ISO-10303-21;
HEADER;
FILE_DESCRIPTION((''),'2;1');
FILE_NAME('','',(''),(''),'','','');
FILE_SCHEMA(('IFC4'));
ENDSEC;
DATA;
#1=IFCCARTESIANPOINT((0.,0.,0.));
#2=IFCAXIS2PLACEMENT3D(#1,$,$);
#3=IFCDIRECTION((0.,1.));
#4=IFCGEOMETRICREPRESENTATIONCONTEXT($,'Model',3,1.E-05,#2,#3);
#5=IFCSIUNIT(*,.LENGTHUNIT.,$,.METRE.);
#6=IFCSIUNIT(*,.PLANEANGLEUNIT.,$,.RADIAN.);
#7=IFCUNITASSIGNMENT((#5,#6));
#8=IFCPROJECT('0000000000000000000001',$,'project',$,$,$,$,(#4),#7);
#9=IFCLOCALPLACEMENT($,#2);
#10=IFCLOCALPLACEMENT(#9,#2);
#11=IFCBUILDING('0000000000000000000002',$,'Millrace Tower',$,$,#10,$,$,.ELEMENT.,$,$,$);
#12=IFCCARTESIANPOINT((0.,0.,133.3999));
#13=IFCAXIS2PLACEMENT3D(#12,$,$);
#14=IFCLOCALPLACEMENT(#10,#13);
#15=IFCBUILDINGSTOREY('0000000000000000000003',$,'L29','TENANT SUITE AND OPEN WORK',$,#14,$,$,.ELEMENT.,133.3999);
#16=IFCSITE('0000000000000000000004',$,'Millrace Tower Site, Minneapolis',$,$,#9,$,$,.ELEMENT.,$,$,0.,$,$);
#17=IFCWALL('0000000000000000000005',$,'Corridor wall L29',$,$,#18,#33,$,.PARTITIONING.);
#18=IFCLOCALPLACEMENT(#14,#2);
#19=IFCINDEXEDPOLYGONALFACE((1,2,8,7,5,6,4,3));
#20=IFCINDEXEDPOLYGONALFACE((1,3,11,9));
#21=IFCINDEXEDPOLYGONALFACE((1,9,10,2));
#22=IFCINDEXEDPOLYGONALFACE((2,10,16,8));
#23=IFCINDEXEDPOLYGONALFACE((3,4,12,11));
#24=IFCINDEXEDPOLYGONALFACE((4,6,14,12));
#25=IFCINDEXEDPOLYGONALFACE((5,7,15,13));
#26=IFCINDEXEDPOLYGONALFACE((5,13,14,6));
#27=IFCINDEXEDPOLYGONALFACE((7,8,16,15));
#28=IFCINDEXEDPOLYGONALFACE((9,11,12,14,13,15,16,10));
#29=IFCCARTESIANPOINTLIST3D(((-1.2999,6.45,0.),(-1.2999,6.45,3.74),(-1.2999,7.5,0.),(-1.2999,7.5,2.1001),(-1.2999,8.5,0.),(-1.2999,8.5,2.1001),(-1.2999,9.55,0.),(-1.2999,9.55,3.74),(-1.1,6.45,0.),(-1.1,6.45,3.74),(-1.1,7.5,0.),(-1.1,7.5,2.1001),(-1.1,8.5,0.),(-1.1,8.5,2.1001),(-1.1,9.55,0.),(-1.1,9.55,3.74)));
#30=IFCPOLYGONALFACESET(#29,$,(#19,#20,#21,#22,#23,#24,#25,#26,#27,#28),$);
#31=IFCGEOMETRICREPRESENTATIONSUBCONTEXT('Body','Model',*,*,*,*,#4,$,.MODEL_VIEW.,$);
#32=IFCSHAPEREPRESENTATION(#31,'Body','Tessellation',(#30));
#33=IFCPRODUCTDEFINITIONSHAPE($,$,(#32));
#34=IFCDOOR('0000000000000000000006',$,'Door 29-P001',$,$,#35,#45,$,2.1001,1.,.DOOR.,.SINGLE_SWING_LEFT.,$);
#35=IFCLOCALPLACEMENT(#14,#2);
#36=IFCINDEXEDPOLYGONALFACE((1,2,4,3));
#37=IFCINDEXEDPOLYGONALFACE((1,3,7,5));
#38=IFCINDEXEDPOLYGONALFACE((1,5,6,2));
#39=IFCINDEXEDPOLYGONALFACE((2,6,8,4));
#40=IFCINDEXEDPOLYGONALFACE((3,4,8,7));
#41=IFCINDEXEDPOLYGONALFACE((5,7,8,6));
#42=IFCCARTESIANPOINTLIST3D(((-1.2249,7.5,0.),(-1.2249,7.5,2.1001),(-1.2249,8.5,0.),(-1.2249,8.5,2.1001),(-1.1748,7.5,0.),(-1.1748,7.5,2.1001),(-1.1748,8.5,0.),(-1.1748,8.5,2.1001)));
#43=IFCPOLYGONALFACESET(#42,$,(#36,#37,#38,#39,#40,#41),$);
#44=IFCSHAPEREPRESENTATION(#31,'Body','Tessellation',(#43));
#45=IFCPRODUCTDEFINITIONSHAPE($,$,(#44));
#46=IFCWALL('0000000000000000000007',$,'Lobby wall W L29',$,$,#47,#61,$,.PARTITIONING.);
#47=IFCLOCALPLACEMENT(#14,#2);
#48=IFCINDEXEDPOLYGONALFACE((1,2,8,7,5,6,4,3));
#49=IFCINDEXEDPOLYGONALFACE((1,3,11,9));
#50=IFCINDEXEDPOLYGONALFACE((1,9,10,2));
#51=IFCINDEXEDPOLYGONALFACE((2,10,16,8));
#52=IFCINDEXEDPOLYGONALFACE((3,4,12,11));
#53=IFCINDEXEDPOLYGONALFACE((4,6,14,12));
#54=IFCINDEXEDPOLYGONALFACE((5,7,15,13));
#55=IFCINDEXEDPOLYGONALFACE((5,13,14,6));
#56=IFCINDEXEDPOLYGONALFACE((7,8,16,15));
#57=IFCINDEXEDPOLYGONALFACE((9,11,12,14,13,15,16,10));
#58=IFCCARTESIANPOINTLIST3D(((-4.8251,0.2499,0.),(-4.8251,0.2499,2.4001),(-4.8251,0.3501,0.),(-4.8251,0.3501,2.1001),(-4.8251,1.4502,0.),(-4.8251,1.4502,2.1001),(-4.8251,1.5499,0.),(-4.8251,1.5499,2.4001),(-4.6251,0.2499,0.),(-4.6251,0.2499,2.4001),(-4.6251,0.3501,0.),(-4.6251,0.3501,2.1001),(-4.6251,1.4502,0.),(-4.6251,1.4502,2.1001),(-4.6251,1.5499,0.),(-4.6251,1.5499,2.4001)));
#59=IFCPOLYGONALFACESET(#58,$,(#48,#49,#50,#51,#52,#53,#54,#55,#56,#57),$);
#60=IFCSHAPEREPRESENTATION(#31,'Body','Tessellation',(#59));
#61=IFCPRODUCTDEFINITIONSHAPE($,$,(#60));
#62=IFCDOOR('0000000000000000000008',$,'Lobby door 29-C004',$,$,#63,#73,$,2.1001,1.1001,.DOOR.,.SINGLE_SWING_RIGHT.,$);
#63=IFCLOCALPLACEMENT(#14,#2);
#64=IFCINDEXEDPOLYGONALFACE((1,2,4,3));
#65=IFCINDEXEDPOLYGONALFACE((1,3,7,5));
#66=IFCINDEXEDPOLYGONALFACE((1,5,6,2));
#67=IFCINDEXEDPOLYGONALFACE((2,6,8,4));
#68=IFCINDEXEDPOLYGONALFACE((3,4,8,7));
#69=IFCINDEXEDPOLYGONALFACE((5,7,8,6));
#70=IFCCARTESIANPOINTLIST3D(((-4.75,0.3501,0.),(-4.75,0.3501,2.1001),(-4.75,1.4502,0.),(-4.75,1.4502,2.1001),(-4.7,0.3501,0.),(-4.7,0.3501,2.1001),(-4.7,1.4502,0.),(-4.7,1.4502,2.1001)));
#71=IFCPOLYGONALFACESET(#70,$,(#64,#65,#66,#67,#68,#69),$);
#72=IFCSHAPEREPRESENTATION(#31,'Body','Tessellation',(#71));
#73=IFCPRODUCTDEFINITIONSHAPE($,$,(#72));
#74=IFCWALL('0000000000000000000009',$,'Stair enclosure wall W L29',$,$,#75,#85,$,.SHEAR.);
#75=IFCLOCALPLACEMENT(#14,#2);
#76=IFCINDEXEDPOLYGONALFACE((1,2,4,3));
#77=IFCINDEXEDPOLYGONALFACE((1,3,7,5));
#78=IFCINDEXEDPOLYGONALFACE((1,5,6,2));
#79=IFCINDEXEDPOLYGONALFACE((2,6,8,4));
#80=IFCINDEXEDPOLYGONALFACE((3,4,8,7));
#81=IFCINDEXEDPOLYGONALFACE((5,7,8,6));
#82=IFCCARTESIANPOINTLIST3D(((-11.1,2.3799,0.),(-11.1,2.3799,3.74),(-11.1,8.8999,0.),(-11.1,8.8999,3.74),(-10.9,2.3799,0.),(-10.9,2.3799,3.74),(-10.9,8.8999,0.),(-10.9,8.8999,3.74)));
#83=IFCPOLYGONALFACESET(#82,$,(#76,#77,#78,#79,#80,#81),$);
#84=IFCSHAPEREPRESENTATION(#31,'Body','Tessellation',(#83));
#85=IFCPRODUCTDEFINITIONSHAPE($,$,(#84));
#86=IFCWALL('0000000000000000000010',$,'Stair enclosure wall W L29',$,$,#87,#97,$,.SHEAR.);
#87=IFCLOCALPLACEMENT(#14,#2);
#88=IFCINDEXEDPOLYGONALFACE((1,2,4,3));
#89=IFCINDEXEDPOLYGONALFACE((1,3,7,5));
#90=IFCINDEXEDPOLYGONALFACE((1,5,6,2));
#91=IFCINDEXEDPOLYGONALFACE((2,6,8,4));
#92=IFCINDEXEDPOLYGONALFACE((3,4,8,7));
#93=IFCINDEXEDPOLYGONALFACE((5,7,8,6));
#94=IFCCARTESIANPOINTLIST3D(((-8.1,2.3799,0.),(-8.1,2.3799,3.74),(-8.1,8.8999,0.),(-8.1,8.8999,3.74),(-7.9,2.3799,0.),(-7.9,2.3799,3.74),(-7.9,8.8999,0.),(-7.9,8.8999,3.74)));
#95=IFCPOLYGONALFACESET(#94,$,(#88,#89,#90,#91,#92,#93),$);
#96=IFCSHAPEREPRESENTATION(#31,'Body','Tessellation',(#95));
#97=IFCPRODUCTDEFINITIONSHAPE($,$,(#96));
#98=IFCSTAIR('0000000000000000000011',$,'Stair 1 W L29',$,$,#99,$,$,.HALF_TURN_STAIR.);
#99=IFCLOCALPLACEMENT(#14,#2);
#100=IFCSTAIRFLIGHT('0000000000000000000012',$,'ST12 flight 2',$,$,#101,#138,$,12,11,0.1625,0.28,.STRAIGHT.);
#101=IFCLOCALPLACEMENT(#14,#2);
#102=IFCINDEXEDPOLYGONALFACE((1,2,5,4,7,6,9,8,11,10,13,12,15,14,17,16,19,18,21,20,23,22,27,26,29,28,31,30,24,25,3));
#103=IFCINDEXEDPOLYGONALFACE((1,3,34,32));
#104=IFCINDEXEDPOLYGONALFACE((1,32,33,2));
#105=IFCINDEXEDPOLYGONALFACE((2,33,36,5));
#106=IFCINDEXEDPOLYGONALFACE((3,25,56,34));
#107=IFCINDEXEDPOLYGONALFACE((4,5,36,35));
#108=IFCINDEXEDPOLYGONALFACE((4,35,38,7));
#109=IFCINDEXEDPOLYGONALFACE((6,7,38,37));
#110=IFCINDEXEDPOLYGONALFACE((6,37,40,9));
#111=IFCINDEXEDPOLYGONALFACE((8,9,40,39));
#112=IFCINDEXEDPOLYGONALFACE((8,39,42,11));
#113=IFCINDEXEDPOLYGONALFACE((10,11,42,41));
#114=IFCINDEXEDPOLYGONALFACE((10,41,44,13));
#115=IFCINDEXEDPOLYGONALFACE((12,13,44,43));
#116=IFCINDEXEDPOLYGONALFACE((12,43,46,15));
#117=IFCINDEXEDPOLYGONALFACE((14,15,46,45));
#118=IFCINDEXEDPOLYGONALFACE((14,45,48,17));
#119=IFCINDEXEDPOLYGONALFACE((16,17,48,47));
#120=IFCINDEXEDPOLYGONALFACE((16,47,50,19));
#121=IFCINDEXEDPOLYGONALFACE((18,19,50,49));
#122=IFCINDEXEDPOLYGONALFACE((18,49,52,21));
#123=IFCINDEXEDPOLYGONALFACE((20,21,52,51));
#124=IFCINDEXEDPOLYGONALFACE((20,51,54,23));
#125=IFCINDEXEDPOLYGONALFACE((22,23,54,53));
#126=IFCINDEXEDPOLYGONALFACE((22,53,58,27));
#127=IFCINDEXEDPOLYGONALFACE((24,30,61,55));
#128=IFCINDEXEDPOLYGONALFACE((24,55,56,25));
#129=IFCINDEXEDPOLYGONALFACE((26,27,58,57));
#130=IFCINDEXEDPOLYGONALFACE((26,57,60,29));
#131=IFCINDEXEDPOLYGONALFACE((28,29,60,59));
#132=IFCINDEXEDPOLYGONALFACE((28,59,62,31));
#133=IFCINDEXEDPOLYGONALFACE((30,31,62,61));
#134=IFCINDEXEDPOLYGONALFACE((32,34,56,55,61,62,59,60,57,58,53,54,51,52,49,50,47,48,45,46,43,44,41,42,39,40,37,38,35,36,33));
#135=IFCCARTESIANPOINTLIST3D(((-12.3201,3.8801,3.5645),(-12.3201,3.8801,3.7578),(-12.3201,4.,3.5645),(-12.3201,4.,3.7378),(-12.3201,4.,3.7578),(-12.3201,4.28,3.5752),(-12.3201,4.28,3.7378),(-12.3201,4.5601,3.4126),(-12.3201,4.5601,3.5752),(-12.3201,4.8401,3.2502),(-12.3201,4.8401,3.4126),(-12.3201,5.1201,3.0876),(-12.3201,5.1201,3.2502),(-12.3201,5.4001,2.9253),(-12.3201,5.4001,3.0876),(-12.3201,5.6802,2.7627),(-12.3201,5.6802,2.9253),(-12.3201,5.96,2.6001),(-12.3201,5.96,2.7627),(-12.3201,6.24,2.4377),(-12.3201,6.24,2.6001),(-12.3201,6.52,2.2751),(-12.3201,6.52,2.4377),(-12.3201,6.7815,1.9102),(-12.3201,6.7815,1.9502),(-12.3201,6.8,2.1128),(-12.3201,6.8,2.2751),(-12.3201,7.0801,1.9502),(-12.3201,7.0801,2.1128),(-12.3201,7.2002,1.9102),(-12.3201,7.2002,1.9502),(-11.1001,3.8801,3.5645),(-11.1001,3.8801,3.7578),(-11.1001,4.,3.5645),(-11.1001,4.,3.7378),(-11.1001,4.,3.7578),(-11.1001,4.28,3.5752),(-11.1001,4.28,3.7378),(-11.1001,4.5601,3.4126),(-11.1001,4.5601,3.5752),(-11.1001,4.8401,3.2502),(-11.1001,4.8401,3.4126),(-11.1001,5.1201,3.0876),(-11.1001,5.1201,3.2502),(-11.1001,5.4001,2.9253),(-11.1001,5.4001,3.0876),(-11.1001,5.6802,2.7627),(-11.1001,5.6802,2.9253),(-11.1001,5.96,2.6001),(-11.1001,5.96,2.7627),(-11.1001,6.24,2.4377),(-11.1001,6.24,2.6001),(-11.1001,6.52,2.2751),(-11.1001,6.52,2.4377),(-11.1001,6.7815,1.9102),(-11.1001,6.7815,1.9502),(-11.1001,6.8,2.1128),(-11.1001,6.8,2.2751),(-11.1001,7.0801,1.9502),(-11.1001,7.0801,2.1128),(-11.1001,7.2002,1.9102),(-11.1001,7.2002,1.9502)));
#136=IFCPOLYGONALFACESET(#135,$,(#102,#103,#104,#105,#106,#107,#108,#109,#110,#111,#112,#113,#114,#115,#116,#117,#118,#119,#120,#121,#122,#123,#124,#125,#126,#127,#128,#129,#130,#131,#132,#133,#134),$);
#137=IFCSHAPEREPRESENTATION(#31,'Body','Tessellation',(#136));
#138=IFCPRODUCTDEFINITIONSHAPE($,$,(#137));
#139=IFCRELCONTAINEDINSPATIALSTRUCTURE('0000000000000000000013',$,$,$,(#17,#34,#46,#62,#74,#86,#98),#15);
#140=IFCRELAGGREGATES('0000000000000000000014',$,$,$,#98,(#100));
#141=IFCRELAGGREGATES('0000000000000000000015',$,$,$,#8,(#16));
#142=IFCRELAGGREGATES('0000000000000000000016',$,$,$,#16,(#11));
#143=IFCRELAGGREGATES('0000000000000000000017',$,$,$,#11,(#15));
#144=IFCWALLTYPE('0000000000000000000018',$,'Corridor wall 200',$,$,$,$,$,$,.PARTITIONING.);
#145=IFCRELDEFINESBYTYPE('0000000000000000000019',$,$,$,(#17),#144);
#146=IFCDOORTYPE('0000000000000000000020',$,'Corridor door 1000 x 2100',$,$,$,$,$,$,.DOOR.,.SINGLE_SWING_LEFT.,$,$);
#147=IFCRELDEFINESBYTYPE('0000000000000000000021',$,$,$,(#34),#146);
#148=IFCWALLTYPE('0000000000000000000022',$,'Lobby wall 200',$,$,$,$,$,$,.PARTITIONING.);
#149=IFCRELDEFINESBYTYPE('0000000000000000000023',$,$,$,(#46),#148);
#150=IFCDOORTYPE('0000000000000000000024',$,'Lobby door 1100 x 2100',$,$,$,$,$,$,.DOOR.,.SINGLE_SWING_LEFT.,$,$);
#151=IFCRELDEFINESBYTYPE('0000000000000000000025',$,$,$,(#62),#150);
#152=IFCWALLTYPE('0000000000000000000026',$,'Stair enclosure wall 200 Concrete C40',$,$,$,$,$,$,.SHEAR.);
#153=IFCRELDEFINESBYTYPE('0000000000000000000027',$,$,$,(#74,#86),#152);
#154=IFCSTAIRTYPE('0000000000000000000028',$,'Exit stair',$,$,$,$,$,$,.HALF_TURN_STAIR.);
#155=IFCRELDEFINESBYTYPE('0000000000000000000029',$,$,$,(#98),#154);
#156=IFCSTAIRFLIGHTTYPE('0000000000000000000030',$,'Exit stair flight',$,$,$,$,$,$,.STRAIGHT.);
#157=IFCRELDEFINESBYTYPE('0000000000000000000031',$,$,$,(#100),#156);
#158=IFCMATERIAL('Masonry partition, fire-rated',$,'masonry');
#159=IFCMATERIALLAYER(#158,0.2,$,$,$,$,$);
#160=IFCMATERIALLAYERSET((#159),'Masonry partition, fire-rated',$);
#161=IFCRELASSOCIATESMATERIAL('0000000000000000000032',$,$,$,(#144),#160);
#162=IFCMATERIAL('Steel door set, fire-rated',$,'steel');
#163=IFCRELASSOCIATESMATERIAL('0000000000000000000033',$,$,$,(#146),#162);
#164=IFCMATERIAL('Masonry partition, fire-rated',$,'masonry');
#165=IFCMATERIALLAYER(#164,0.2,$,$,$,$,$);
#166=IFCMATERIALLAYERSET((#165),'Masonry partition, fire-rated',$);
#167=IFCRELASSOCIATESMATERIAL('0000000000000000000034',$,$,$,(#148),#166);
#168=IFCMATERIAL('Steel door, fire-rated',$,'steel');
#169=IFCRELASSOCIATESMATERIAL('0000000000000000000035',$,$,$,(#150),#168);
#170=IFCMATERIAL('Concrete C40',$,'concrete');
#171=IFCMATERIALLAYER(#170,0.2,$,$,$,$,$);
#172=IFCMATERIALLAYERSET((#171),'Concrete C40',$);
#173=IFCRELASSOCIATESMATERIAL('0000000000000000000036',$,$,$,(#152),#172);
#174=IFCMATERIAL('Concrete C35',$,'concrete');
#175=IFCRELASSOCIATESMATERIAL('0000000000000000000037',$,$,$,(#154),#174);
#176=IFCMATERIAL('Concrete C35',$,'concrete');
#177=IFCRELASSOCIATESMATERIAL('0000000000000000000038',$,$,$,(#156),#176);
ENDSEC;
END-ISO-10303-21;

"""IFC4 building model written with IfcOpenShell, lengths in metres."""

from ifc_helpers import new_model, si_unit, direction, frame, frame_2d, origin, place, context, subcontext, project, spatial, polyline, rectangle, outline, extrude, material, layer, layer_set, type_object, element, fill, aggregate, save


model = new_model("IFC4")

# Units and contexts
model_context = context("Model", 3, precision=1e-05, world=origin(), true_north=direction((0.0, 1.0)))
body_context = subcontext(model_context, "Body", "Model", "MODEL_VIEW")
ifc_project = project(units=[si_unit("LENGTHUNIT", "METRE"), si_unit("PLANEANGLEUNIT", "RADIAN")], contexts=[model_context])

# Site, building, storey
site_placement = place(None, origin())
site = spatial("IfcSite", under=ifc_project, at=site_placement, Name="Millrace Tower Site, Minneapolis", CompositionType="ELEMENT", RefElevation=0.0)
building_placement = place(site_placement, origin())
building = spatial("IfcBuilding", under=site, at=building_placement, Name="Millrace Tower", CompositionType="ELEMENT")
storey_placement = place(building_placement, frame((0.0, 0.0, 133.3999)))
storey = spatial("IfcBuildingStorey", under=building, at=storey_placement, Name="L29", Description="TENANT SUITE AND OPEN WORK", CompositionType="ELEMENT", Elevation=133.3999)

# Shared definitions
placement_1 = place(storey_placement, origin())

# Shared definitions
ifc_material_1 = material(Name="Masonry partition, fire-rated", Category="masonry")
ifc_layer_1 = layer(ifc_material_1, 0.2)
ifc_layer_set_1 = layer_set([ifc_layer_1], Name="Masonry partition, fire-rated")
wall_type_1 = type_object("IfcWallType", Name="Corridor wall 200", PredefinedType="PARTITIONING", material=ifc_layer_set_1)

# Walls, openings, doors
wall_1_placement = place(storey_placement, frame((-1.2, 6.45, 0.0), z_axis=(0.0, 0.0, 1.0), x_axis=(0.0, 1.0, 0.0)))
wall_1 = element("IfcWall", 1, at=wall_1_placement, inside=storey, type_object=wall_type_1, Name="Corridor wall L29", PredefinedType="PARTITIONING", context=body_context, shape_type="SweptSolid", body=[
    extrude(rectangle(XDim=3.1001, YDim=0.2, at=frame_2d((1.55, 0.0))), origin(), (0.0, 0.0, 1.0), 3.74),
])
opening_1_placement = place(wall_1_placement, frame((1.05, 0.0, 0.0)))
opening_1 = element("IfcOpeningElement", 2, at=opening_1_placement, cuts=wall_1, PredefinedType="OPENING", context=body_context, shape_type="SweptSolid", body=[
    extrude(rectangle(XDim=1.0, YDim=2.1001, at=frame_2d((0.5, 1.05))), frame((0.0, 0.1099, 0.0), z_axis=(0.0, -1.0, 0.0), x_axis=(1.0, 0.0, 0.0)), (0.0, 0.0, 1.0), 0.22),
])
ifc_material_2 = material(Name="Steel door set, fire-rated", Category="steel")
door_type_1 = type_object("IfcDoorType", Name="Corridor door 1000 x 2100", OperationType="SINGLE_SWING_LEFT", PredefinedType="DOOR", material=ifc_material_2)
door_1_placement = place(opening_1_placement, origin())
door_1 = element("IfcDoor", 3, at=door_1_placement, inside=storey, type_object=door_type_1, Name="Door 29-P001", OperationType="SINGLE_SWING_LEFT", OverallHeight=2.1001, OverallWidth=1.0, PredefinedType="DOOR", context=body_context, shape_type="SweptSolid", body=[
    extrude(rectangle(XDim=1.0, YDim=2.1001, at=frame_2d((0.5, 1.05))), frame((0.0, 0.0249, 0.0), z_axis=(0.0, -1.0, 0.0), x_axis=(1.0, 0.0, 0.0)), (0.0, 0.0, 1.0), 0.05),
])
fill(opening_1, door_1)
ifc_material_3 = material(Name="Masonry partition, fire-rated", Category="masonry")
ifc_layer_2 = layer(ifc_material_3, 0.2)
ifc_layer_set_2 = layer_set([ifc_layer_2], Name="Masonry partition, fire-rated")
wall_type_2 = type_object("IfcWallType", Name="Lobby wall 200", PredefinedType="PARTITIONING", material=ifc_layer_set_2)
wall_2_placement = place(storey_placement, frame((-4.7251, 0.25, 0.0), z_axis=(0.0, 0.0, 1.0), x_axis=(0.0, 1.0, 0.0)))
wall_2 = element("IfcWall", 4, at=wall_2_placement, inside=storey, type_object=wall_type_2, Name="Lobby wall W L29", PredefinedType="PARTITIONING", context=body_context, shape_type="SweptSolid", body=[
    extrude(rectangle(XDim=1.3, YDim=0.2, at=frame_2d((0.6499, 0.0))), origin(), (0.0, 0.0, 1.0), 2.4001),
])
opening_2_placement = place(wall_2_placement, frame((0.1001, 0.0, 0.0)))
opening_2 = element("IfcOpeningElement", 5, at=opening_2_placement, cuts=wall_2, PredefinedType="OPENING", context=body_context, shape_type="SweptSolid", body=[
    extrude(rectangle(XDim=1.1001, YDim=2.1001, at=frame_2d((0.55, 1.05))), frame((0.0, 0.1099, 0.0), z_axis=(0.0, -1.0, 0.0), x_axis=(1.0, 0.0, 0.0)), (0.0, 0.0, 1.0), 0.22),
])
ifc_material_4 = material(Name="Steel door, fire-rated", Category="steel")
door_type_2 = type_object("IfcDoorType", Name="Lobby door 1100 x 2100", OperationType="SINGLE_SWING_LEFT", PredefinedType="DOOR", material=ifc_material_4)
door_2_placement = place(opening_2_placement, origin())
door_2 = element("IfcDoor", 6, at=door_2_placement, inside=storey, type_object=door_type_2, Name="Lobby door 29-C004", OperationType="SINGLE_SWING_RIGHT", OverallHeight=2.1001, OverallWidth=1.1001, PredefinedType="DOOR", context=body_context, shape_type="SweptSolid", body=[
    extrude(rectangle(XDim=1.1001, YDim=2.1001, at=frame_2d((0.55, 1.05))), frame((0.0, 0.0249, 0.0), z_axis=(0.0, -1.0, 0.0), x_axis=(1.0, 0.0, 0.0)), (0.0, 0.0, 1.0), 0.05),
])
fill(opening_2, door_2)

# Walls
ifc_material_5 = material(Name="Concrete C40", Category="concrete")
ifc_layer_3 = layer(ifc_material_5, 0.2)
ifc_layer_set_3 = layer_set([ifc_layer_3], Name="Concrete C40")
wall_type_3 = type_object("IfcWallType", Name="Stair enclosure wall 200 Concrete C40", PredefinedType="SHEAR", material=ifc_layer_set_3)
for number, where, z_axis, x_axis, name in (
    (7, (-11.0, 2.3799, 0.0), (0.0, 0.0, 1.0), (0.0, 1.0, 0.0), "Stair enclosure wall W L29"),
    (8, (-8.0, 2.3799, 0.0), (0.0, 0.0, 1.0), (0.0, 1.0, 0.0), "Stair enclosure wall W L29"),
):
    element("IfcWall", number, at=place(storey_placement, frame(where, z_axis=z_axis, x_axis=x_axis)), inside=storey, type_object=wall_type_3, Name=name, PredefinedType="SHEAR", context=body_context, shape_type="SweptSolid", body=[
        extrude(rectangle(XDim=6.52, YDim=0.2, at=frame_2d((3.26, 0.0))), origin(), (0.0, 0.0, 1.0), 3.74),
    ])

# Stair, stair flight
ifc_material_6 = material(Name="Concrete C35", Category="concrete")
stair_type = type_object("IfcStairType", Name="Exit stair", PredefinedType="HALF_TURN_STAIR", material=ifc_material_6)
stair_1 = element("IfcStair", 9, at=placement_1, inside=storey, type_object=stair_type, Name="Stair 1 W L29", PredefinedType="HALF_TURN_STAIR")
ifc_material_7 = material(Name="Concrete C35", Category="concrete")
stair_flight_type = type_object("IfcStairFlightType", Name="Exit stair flight", PredefinedType="STRAIGHT", material=ifc_material_7)
stair_flight_1_placement = place(storey_placement, frame((-11.71, 7.0801, 1.9502), z_axis=(0.0, 0.0, 1.0), x_axis=(0.0, -1.0, 0.0)))
stair_flight_1 = element("IfcStairFlight", 10, at=stair_flight_1_placement, type_object=stair_flight_type, Name="ST12 flight 2", NumberOfRisers=12, NumberOfTreads=11, PredefinedType="STRAIGHT", RiserHeight=0.1625, TreadLength=0.28, context=body_context, shape_type="SweptSolid", body=[
    extrude(outline(polyline([(-0.1201, -0.04), (-0.1201, 0.0), (0.0, 0.0), (0.0, 0.1626), (0.28, 0.1626), (0.28, 0.325), (0.5601, 0.325), (0.5601, 0.4875), (0.8401, 0.4875), (0.8401, 0.6499), (1.1201, 0.6499), (1.1201, 0.8125), (1.3999, 0.8125), (1.3999, 0.9751), (1.6799, 0.9751), (1.6799, 1.1375), (1.96, 1.1375), (1.96, 1.3), (2.24, 1.3), (2.24, 1.4624), (2.52, 1.4624), (2.52, 1.625), (2.8, 1.625), (2.8, 1.7876), (3.0801, 1.7876), (3.0801, 1.8076), (3.2, 1.8076), (3.2, 1.6143), (3.0801, 1.6143), (0.2986, 0.0), (0.2986, -0.04), (-0.1201, -0.04)])), frame((0.0, 0.6099, 0.0), z_axis=(0.0, -1.0, 0.0), x_axis=(1.0, 0.0, 0.0)), (0.0, 0.0, 1.0), 1.22),
])
aggregate(stair_1, [stair_flight_1])

save(model, "model.ifc")
